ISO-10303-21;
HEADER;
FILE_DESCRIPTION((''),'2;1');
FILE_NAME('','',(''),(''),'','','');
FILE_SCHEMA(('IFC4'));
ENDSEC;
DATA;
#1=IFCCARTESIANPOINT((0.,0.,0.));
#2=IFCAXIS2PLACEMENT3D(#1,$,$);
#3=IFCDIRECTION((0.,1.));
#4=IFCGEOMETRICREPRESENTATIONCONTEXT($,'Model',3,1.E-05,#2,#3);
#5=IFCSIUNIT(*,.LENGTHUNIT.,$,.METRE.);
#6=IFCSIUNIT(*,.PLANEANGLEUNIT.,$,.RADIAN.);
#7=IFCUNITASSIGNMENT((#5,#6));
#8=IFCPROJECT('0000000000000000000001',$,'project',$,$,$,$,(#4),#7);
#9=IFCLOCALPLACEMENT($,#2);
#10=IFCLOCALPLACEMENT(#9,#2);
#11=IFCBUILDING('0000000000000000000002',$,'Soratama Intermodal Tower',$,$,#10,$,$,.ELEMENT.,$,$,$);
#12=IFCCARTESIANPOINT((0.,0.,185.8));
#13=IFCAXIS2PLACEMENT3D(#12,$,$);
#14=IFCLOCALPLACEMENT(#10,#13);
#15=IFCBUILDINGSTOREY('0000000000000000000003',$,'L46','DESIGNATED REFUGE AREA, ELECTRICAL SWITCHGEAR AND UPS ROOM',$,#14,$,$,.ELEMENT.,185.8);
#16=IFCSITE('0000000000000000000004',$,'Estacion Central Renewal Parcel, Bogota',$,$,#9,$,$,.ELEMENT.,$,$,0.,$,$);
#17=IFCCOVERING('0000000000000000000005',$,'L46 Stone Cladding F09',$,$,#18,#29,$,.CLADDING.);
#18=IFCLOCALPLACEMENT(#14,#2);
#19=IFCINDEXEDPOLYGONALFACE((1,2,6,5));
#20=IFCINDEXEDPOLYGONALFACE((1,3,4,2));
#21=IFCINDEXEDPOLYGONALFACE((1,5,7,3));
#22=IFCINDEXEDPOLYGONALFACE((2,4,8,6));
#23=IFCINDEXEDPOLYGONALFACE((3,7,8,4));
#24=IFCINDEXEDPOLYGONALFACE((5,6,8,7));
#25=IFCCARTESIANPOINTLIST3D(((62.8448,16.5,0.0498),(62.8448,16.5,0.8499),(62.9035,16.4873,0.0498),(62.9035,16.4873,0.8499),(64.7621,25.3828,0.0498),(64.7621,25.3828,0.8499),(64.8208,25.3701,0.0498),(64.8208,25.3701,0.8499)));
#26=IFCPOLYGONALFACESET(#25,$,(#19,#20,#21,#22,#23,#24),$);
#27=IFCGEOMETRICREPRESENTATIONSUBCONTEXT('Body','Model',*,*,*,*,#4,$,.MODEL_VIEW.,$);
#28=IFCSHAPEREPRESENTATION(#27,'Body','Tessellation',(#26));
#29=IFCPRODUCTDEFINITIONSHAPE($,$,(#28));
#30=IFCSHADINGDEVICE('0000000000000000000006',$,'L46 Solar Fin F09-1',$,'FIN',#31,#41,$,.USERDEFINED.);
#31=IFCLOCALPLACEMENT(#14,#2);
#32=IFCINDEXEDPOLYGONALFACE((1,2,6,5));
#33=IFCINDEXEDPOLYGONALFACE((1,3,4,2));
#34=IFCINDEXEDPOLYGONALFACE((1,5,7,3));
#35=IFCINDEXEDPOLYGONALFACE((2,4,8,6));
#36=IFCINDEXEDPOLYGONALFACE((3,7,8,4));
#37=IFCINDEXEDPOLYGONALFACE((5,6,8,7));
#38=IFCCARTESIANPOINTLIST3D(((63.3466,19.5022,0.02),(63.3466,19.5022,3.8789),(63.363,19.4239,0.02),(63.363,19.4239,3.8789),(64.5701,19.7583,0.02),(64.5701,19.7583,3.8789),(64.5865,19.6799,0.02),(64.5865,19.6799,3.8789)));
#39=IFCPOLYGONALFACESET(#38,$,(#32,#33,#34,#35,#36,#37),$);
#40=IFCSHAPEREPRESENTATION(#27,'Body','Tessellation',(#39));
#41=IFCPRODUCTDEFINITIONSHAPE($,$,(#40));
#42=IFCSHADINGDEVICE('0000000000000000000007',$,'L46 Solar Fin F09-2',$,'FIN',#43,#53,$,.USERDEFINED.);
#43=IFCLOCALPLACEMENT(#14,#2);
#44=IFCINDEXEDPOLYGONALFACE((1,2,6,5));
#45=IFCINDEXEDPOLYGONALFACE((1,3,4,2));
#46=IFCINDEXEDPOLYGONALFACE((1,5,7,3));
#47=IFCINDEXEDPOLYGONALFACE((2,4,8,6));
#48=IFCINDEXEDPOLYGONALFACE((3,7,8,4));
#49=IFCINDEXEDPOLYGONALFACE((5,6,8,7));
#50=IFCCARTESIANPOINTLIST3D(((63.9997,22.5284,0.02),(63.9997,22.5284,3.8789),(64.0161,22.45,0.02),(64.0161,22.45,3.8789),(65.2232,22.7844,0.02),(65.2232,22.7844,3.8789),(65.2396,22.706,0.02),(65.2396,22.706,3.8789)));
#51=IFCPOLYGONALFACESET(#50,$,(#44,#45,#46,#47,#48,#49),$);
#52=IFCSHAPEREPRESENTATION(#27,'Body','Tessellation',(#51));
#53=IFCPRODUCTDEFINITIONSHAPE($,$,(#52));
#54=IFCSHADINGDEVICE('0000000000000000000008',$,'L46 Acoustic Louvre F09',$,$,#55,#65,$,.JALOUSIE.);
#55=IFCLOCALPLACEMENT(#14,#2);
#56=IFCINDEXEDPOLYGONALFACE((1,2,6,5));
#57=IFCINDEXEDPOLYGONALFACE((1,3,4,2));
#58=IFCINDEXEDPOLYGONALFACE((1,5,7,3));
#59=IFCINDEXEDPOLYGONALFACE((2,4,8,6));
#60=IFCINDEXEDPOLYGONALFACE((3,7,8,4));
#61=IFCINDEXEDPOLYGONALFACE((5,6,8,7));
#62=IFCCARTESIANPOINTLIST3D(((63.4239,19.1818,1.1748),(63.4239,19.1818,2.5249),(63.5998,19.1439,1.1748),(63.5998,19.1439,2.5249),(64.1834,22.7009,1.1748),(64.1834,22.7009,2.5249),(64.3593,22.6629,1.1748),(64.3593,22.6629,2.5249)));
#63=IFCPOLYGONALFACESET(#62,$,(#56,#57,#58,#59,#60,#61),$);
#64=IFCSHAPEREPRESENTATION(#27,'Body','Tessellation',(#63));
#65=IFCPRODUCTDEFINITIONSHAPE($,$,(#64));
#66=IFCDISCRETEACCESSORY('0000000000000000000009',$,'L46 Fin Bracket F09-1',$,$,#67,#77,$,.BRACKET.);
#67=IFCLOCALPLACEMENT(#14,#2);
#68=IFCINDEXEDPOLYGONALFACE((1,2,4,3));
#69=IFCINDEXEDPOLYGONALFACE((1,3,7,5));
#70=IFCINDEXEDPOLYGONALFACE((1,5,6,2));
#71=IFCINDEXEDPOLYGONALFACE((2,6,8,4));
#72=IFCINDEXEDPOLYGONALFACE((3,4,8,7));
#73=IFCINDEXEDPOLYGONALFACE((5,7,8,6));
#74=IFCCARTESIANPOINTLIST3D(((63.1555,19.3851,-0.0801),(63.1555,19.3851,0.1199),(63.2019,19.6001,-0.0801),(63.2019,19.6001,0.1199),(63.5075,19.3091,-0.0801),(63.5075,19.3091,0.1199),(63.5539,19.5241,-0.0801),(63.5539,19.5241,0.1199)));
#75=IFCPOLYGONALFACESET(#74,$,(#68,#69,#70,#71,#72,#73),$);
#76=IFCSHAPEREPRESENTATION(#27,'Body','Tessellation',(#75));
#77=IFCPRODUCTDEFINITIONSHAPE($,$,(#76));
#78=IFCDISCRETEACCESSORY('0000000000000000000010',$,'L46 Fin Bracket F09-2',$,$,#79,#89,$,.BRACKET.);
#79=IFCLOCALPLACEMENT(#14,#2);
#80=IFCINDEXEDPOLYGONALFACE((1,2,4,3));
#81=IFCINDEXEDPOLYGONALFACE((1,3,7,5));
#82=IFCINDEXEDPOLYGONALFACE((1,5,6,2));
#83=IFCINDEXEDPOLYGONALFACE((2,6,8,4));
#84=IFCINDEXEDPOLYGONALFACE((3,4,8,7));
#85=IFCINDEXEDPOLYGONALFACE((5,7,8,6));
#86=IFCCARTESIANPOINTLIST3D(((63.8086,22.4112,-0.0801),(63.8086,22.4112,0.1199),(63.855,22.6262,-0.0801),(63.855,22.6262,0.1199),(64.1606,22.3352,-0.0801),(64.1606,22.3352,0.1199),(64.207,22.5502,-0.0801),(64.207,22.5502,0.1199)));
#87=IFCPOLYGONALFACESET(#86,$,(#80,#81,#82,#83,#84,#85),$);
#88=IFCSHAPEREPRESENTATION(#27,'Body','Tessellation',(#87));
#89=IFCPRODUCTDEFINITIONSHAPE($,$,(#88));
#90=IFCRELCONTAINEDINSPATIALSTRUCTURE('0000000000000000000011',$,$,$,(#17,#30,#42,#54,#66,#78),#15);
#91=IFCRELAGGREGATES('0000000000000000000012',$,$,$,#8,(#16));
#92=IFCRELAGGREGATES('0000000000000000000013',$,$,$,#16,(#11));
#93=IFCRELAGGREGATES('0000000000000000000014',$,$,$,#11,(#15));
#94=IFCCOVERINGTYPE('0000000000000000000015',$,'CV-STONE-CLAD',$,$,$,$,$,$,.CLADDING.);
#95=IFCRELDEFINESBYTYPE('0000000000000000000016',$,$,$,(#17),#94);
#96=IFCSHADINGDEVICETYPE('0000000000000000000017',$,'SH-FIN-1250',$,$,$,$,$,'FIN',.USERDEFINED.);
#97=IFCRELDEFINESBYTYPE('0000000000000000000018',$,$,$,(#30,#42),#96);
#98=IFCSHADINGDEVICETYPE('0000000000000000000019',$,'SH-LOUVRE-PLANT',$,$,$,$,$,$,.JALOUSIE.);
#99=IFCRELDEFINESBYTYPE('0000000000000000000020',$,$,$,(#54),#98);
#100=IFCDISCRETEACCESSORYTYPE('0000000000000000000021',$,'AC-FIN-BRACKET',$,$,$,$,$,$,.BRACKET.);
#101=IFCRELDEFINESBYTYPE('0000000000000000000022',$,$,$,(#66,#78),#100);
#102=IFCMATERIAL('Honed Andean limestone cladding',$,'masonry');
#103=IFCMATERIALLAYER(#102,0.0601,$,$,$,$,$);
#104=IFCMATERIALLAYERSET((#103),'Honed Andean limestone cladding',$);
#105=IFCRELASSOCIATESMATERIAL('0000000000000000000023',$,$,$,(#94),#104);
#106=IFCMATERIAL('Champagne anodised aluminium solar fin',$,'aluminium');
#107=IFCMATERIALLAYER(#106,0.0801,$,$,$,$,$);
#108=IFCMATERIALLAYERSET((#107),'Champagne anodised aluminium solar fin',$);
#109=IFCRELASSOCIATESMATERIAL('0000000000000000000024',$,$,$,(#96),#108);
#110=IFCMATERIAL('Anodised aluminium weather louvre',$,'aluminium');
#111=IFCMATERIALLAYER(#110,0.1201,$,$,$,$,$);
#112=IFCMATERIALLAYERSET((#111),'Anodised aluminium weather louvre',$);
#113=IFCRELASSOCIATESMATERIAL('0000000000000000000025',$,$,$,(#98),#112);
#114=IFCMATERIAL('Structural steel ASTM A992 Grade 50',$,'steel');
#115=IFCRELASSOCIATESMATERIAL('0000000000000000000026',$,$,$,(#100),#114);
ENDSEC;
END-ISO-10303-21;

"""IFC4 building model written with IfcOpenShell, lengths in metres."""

from ifc_helpers import new_model, si_unit, direction, frame, origin, origin_2d, place, context, subcontext, project, spatial, rectangle, extrude, material, layer, layer_set, type_object, element, save


model = new_model("IFC4")

# Units and contexts
model_context = context("Model", 3, precision=1e-05, world=origin(), true_north=direction((0.0, 1.0)))
body_context = subcontext(model_context, "Body", "Model", "MODEL_VIEW")
ifc_project = project(units=[si_unit("LENGTHUNIT", "METRE"), si_unit("PLANEANGLEUNIT", "RADIAN")], contexts=[model_context])

# Site, building, storey
site_placement = place(None, origin())
site = spatial("IfcSite", under=ifc_project, at=site_placement, Name="Estacion Central Renewal Parcel, Bogota", CompositionType="ELEMENT", RefElevation=0.0)
building_placement = place(site_placement, origin())
building = spatial("IfcBuilding", under=site, at=building_placement, Name="Soratama Intermodal Tower", CompositionType="ELEMENT")
storey_placement = place(building_placement, frame((0.0, 0.0, 185.8)))
storey = spatial("IfcBuildingStorey", under=building, at=storey_placement, Name="L46", Description="DESIGNATED REFUGE AREA, ELECTRICAL SWITCHGEAR AND UPS ROOM", CompositionType="ELEMENT", Elevation=185.8)

# Covering
ifc_material_1 = material(Name="Honed Andean limestone cladding", Category="masonry")
ifc_layer_1 = layer(ifc_material_1, 0.0601)
ifc_layer_set_1 = layer_set([ifc_layer_1], Name="Honed Andean limestone cladding")
covering_type = type_object("IfcCoveringType", Name="CV-STONE-CLAD", PredefinedType="CLADDING", material=ifc_layer_set_1)
covering_placement = place(storey_placement, frame((63.8328, 20.9351, 0.0498), z_axis=(0.0, 0.0, 1.0), x_axis=(0.210984, 0.97749, 0.0)))
element("IfcCovering", 1, at=covering_placement, inside=storey, type_object=covering_type, Name="L46 Stone Cladding F09", PredefinedType="CLADDING", context=body_context, shape_type="SweptSolid", body=[
    extrude(rectangle(XDim=9.0874, YDim=0.0601, at=origin_2d()), origin(), (0.0, 0.0, 1.0), 0.8),
])

# Shading devices
ifc_material_2 = material(Name="Champagne anodised aluminium solar fin", Category="aluminium")
ifc_layer_2 = layer(ifc_material_2, 0.0801)
ifc_layer_set_2 = layer_set([ifc_layer_2], Name="Champagne anodised aluminium solar fin")
shading_device_type_1 = type_object("IfcShadingDeviceType", Name="SH-FIN-1250", ElementType="FIN", PredefinedType="USERDEFINED", material=ifc_layer_set_2)
for number, where, z_axis, x_axis, name in (
    (2, (63.9666, 19.5911, 0.02), (0.0, 0.0, 1.0), (0.978796, 0.204838, 0.0), "L46 Solar Fin F09-1"),
    (3, (64.6196, 22.6172, 0.02), (0.0, 0.0, 1.0), (0.978796, 0.204838, 0.0), "L46 Solar Fin F09-2"),
):
    element("IfcShadingDevice", number, at=place(storey_placement, frame(where, z_axis=z_axis, x_axis=x_axis)), inside=storey, type_object=shading_device_type_1, Name=name, ObjectType="FIN", PredefinedType="USERDEFINED", context=body_context, shape_type="SweptSolid", body=[
        extrude(rectangle(XDim=1.25, YDim=0.0801, at=origin_2d()), origin(), (0.0, 0.0, 1.0), 3.8589),
    ])
ifc_material_3 = material(Name="Anodised aluminium weather louvre", Category="aluminium")
ifc_layer_3 = layer(ifc_material_3, 0.1201)
ifc_layer_set_3 = layer_set([ifc_layer_3], Name="Anodised aluminium weather louvre")
shading_device_type_2 = type_object("IfcShadingDeviceType", Name="SH-LOUVRE-PLANT", PredefinedType="JALOUSIE", material=ifc_layer_set_3)
shading_device_placement = place(storey_placement, frame((63.8916, 20.9224, 1.1748), z_axis=(0.0, 0.0, 1.0), x_axis=(0.210984, 0.97749, 0.0)))
element("IfcShadingDevice", 4, at=shading_device_placement, inside=storey, type_object=shading_device_type_2, Name="L46 Acoustic Louvre F09", PredefinedType="JALOUSIE", context=body_context, shape_type="SweptSolid", body=[
    extrude(rectangle(XDim=3.6001, YDim=0.1799, at=origin_2d()), origin(), (0.0, 0.0, 1.0), 1.3501),
])

# Discrete accessories
ifc_material_4 = material(Name="Structural steel ASTM A992 Grade 50", Category="steel")
discrete_accessory_type = type_object("IfcDiscreteAccessoryType", Name="AC-FIN-BRACKET", PredefinedType="BRACKET", material=ifc_material_4)
for number, where, z_axis, x_axis, name in (
    (5, (63.3547, 19.4546, -0.0801), (0.0, 0.0, 1.0), (0.97749, -0.210984, 0.0), "L46 Fin Bracket F09-1"),
    (6, (64.0078, 22.4807, -0.0801), (0.0, 0.0, 1.0), (0.97749, -0.210984, 0.0), "L46 Fin Bracket F09-2"),
):
    element("IfcDiscreteAccessory", number, at=place(storey_placement, frame(where, z_axis=z_axis, x_axis=x_axis)), inside=storey, type_object=discrete_accessory_type, Name=name, PredefinedType="BRACKET", context=body_context, shape_type="SweptSolid", body=[
        extrude(rectangle(XDim=0.3601, YDim=0.22, at=origin_2d()), origin(), (0.0, 0.0, 1.0), 0.2),
    ])

save(model, "model.ifc")
